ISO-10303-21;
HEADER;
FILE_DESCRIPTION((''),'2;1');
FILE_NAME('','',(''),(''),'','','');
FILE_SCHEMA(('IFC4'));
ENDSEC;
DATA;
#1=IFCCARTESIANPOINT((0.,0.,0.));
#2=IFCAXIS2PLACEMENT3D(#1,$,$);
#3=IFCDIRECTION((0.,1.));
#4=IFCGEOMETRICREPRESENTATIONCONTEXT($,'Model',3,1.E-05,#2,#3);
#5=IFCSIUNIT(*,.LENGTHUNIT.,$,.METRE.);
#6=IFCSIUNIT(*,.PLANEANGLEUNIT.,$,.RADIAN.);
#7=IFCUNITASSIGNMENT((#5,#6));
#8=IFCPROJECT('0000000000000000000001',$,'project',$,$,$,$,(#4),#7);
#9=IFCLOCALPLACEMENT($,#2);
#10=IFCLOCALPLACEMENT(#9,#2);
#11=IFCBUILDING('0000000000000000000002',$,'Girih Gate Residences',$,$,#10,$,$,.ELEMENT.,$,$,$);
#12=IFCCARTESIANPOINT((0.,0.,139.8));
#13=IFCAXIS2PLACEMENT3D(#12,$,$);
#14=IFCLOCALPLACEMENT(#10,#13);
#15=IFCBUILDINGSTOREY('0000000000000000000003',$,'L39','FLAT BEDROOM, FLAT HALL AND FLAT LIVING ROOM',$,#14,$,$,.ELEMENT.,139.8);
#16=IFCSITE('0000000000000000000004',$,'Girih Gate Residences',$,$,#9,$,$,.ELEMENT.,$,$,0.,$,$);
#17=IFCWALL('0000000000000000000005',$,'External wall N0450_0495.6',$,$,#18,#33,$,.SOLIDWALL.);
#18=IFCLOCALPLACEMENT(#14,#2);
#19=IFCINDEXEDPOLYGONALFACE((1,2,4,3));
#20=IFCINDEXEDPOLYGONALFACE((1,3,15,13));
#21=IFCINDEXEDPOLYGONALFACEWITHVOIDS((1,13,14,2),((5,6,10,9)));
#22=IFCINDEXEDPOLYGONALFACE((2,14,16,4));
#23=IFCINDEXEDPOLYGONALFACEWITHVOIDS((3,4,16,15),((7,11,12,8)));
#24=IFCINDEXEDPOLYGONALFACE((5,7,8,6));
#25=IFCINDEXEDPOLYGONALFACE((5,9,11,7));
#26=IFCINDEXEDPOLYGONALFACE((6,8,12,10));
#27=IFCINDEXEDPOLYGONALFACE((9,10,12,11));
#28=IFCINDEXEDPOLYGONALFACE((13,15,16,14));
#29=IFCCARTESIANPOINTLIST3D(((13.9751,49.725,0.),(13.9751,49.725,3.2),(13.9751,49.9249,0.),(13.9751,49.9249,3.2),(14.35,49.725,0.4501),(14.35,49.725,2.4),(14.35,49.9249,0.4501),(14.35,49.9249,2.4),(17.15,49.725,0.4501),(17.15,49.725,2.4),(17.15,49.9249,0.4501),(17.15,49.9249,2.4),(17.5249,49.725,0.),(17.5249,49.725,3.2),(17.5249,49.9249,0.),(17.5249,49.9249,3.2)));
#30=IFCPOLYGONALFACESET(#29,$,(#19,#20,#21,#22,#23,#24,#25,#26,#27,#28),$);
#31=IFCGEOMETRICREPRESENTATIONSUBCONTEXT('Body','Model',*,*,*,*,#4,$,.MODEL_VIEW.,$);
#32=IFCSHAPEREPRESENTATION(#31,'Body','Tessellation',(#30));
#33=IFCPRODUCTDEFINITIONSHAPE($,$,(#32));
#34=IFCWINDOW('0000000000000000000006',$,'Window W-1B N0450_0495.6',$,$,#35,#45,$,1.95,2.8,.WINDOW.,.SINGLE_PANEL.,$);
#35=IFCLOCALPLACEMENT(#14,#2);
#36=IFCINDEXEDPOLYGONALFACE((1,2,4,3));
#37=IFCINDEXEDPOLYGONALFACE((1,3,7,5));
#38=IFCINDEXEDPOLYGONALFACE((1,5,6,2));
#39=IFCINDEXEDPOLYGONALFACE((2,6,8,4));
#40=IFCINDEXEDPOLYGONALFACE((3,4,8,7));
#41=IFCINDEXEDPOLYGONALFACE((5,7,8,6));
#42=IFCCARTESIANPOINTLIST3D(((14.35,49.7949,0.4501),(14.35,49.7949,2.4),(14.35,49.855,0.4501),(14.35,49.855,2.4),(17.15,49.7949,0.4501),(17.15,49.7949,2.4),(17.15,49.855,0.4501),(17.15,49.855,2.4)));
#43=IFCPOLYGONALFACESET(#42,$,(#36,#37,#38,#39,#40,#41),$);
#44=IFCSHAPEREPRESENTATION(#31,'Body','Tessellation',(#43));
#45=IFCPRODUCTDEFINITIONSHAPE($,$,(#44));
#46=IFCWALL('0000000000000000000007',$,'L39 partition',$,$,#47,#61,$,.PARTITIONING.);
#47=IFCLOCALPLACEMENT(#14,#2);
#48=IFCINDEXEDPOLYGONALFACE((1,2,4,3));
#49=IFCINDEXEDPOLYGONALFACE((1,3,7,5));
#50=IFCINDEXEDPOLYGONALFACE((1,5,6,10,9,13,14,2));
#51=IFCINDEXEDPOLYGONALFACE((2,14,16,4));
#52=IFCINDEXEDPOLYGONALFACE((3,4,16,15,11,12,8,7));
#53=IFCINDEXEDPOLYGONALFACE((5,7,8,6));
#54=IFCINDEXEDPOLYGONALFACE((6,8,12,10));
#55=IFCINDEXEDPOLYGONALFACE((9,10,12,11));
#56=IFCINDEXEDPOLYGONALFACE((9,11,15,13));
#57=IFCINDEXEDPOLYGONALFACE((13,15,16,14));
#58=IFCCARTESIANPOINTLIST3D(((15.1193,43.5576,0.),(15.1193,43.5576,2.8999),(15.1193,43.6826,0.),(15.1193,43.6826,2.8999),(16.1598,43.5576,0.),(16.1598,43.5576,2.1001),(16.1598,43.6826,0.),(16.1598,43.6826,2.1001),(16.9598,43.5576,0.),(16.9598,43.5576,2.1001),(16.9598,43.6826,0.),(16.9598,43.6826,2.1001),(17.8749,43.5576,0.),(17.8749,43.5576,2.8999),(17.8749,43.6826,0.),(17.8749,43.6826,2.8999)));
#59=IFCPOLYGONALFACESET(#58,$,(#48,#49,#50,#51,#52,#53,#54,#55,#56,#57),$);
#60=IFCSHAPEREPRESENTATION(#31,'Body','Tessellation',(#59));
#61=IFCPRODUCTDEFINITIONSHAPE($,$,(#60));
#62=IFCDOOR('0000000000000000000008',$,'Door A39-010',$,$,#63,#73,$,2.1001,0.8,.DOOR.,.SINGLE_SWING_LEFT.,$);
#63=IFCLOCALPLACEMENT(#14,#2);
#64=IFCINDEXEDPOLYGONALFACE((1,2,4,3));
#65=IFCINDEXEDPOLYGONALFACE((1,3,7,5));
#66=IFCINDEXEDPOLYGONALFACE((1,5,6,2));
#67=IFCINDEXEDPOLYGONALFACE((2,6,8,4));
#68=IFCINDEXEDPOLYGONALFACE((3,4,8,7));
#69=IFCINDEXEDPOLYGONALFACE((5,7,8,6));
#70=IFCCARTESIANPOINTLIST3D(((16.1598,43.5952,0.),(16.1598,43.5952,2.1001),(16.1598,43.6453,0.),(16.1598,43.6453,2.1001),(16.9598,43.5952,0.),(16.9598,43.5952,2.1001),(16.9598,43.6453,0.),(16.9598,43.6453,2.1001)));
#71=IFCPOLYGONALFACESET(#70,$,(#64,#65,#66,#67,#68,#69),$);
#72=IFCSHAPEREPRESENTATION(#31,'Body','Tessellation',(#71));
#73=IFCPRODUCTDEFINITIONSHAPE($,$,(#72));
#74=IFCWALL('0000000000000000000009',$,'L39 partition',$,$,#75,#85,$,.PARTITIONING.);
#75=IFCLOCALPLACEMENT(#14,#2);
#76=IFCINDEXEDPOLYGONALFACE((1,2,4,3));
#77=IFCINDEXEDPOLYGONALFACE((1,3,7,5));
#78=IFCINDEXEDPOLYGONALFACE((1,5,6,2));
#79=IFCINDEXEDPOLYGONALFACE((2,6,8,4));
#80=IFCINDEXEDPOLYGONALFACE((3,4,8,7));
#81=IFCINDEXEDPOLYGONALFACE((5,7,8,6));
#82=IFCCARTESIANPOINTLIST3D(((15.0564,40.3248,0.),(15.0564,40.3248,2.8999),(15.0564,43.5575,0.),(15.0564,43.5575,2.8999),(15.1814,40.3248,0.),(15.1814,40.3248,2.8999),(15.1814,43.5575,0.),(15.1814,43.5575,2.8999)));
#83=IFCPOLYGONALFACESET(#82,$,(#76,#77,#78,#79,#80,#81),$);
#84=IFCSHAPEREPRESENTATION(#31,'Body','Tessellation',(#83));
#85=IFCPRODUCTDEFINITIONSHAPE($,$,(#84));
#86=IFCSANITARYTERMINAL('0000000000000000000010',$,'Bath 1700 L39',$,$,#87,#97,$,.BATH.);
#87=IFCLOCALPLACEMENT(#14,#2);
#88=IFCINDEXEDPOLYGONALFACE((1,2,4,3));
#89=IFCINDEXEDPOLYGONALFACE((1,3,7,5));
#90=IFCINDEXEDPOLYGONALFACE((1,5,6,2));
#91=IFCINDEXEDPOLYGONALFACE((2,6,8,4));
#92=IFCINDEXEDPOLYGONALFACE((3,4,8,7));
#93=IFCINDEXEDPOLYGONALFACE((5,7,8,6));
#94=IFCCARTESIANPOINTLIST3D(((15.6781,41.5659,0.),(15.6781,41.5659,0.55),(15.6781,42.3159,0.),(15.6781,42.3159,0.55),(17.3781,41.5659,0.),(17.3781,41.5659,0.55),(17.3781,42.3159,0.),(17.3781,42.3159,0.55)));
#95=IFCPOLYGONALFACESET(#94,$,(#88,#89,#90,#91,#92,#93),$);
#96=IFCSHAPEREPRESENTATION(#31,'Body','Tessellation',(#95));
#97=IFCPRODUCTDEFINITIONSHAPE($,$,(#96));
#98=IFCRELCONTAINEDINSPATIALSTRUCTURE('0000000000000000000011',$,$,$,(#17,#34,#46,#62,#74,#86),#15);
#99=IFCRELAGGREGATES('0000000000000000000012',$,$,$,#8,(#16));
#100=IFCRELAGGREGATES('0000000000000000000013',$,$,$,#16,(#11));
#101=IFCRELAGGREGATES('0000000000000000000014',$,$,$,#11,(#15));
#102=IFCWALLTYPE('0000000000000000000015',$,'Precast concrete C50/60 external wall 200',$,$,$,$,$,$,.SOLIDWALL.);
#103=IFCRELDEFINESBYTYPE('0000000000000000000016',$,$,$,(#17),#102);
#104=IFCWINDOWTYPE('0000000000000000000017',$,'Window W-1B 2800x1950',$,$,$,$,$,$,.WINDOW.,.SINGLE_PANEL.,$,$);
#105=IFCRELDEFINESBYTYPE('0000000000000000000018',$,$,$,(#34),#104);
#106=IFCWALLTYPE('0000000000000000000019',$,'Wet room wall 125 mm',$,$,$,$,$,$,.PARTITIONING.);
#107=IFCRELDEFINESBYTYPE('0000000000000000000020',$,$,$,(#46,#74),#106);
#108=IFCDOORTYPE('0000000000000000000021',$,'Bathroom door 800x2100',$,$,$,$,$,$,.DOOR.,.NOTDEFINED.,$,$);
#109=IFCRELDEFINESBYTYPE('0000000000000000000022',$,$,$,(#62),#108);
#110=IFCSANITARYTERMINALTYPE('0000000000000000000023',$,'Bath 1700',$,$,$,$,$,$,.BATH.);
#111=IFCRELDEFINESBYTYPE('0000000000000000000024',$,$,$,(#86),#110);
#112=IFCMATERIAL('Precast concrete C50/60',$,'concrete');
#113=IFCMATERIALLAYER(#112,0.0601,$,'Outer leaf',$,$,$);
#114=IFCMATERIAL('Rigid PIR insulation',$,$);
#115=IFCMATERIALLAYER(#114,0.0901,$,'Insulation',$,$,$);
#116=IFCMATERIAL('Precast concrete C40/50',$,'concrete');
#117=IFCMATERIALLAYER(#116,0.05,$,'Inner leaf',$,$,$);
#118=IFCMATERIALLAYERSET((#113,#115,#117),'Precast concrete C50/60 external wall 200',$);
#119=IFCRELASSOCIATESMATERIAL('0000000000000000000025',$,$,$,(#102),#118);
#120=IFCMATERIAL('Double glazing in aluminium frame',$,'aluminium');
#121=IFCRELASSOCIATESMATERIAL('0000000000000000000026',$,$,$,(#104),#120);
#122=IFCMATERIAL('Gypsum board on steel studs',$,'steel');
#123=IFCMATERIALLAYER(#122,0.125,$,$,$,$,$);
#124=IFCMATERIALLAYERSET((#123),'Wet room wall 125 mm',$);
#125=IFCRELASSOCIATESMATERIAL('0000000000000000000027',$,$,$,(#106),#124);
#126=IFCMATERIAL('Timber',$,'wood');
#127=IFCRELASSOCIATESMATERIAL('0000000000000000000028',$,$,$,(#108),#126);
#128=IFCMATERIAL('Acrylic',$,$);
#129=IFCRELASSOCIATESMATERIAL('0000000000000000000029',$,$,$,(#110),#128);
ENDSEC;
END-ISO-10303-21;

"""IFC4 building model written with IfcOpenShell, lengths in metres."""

from ifc_helpers import new_model, si_unit, direction, frame, frame_2d, origin, origin_2d, place, context, subcontext, project, spatial, rectangle, extrude, material, layer, layer_set, type_object, element, fill, save


model = new_model("IFC4")

# Units and contexts
model_context = context("Model", 3, precision=1e-05, world=origin(), true_north=direction((0.0, 1.0)))
body_context = subcontext(model_context, "Body", "Model", "MODEL_VIEW")
ifc_project = project(units=[si_unit("LENGTHUNIT", "METRE"), si_unit("PLANEANGLEUNIT", "RADIAN")], contexts=[model_context])

# Site, building, storey
site_placement = place(None, origin())
site = spatial("IfcSite", under=ifc_project, at=site_placement, Name="Girih Gate Residences", CompositionType="ELEMENT", RefElevation=0.0)
building_placement = place(site_placement, origin())
building = spatial("IfcBuilding", under=site, at=building_placement, Name="Girih Gate Residences", CompositionType="ELEMENT")
storey_placement = place(building_placement, frame((0.0, 0.0, 139.8)))
storey = spatial("IfcBuildingStorey", under=building, at=storey_placement, Name="L39", Description="FLAT BEDROOM, FLAT HALL AND FLAT LIVING ROOM", CompositionType="ELEMENT", Elevation=139.8)

# Shared definitions
ifc_material_1 = material(Name="Gypsum board on steel studs", Category="steel")

# Shared definitions
ifc_material_2 = material(Name="Timber", Category="wood")

# Wall, opening, window
ifc_material_3 = material(Name="Precast concrete C50/60", Category="concrete")
ifc_layer_1 = layer(ifc_material_3, 0.0601, Name="Outer leaf")
ifc_material_4 = material(Name="Rigid PIR insulation")
ifc_layer_2 = layer(ifc_material_4, 0.0901, Name="Insulation")
ifc_material_5 = material(Name="Precast concrete C40/50", Category="concrete")
ifc_layer_3 = layer(ifc_material_5, 0.05, Name="Inner leaf")
ifc_layer_set_1 = layer_set([ifc_layer_1, ifc_layer_2, ifc_layer_3], Name="Precast concrete C50/60 external wall 200")
wall_type_1 = type_object("IfcWallType", Name="Precast concrete C50/60 external wall 200", PredefinedType="SOLIDWALL", material=ifc_layer_set_1)
ifc_material_6 = material(Name="Double glazing in aluminium frame", Category="aluminium")
window_type = type_object("IfcWindowType", Name="Window W-1B 2800x1950", PartitioningType="SINGLE_PANEL", PredefinedType="WINDOW", material=ifc_material_6)
wall_1_placement = place(storey_placement, frame((13.9751, 49.825, 0.0), z_axis=(0.0, 0.0, 1.0), x_axis=(1.0, 0.0, 0.0)))
wall_1 = element("IfcWall", 1, at=wall_1_placement, inside=storey, type_object=wall_type_1, Name="External wall N0450_0495.6", PredefinedType="SOLIDWALL", context=body_context, shape_type="SweptSolid", body=[
    extrude(rectangle(XDim=3.5498, YDim=0.2, at=frame_2d((1.7749, 0.0))), origin(), (0.0, 0.0, 1.0), 3.2),
])
opening_1_placement = place(wall_1_placement, frame((0.375, 0.0, 0.45)))
opening_1 = element("IfcOpeningElement", 2, at=opening_1_placement, cuts=wall_1, PredefinedType="OPENING", context=body_context, shape_type="SweptSolid", body=[
    extrude(rectangle(XDim=2.8, YDim=1.95, at=frame_2d((1.3999, 0.9751))), frame((0.0, 0.1099, 0.0), z_axis=(0.0, -1.0, 0.0), x_axis=(1.0, 0.0, 0.0)), (0.0, 0.0, 1.0), 0.22),
])
window_1_placement = place(opening_1_placement, origin())
window_1 = element("IfcWindow", 3, at=window_1_placement, inside=storey, type_object=window_type, Name="Window W-1B N0450_0495.6", OverallHeight=1.95, OverallWidth=2.8, PartitioningType="SINGLE_PANEL", PredefinedType="WINDOW", context=body_context, shape_type="SweptSolid", body=[
    extrude(rectangle(XDim=2.8, YDim=1.95, at=frame_2d((1.3999, 0.9751))), frame((0.0, 0.03, 0.0), z_axis=(0.0, -1.0, 0.0), x_axis=(1.0, 0.0, 0.0)), (0.0, 0.0, 1.0), 0.0601),
])
fill(opening_1, window_1)

# Wall, opening, door
ifc_layer_4 = layer(ifc_material_1, 0.125)
ifc_layer_set_2 = layer_set([ifc_layer_4], Name="Wet room wall 125 mm")
wall_type_2 = type_object("IfcWallType", Name="Wet room wall 125 mm", PredefinedType="PARTITIONING", material=ifc_layer_set_2)
wall_2_placement = place(storey_placement, frame((17.875, 43.6201, 0.0), z_axis=(0.0, 0.0, 1.0), x_axis=(-1.0, 0.0, 0.0)))
wall_2 = element("IfcWall", 4, at=wall_2_placement, inside=storey, type_object=wall_type_2, Name="L39 partition", PredefinedType="PARTITIONING", context=body_context, shape_type="SweptSolid", body=[
    extrude(rectangle(XDim=2.7556, YDim=0.125, at=frame_2d((1.3779, 0.0))), origin(), (0.0, 0.0, 1.0), 2.8999),
])
opening_2_placement = place(wall_2_placement, frame((0.9153, 0.0, 0.0)))
opening_2 = element("IfcOpeningElement", 5, at=opening_2_placement, cuts=wall_2, PredefinedType="OPENING", context=body_context, shape_type="SweptSolid", body=[
    extrude(rectangle(XDim=0.8, YDim=2.1001, at=frame_2d((0.3999, 1.05))), frame((0.0, 0.0725, 0.0), z_axis=(0.0, -1.0, 0.0), x_axis=(1.0, 0.0, 0.0)), (0.0, 0.0, 1.0), 0.145),
])
door_type_1 = type_object("IfcDoorType", Name="Bathroom door 800x2100", OperationType="NOTDEFINED", PredefinedType="DOOR", material=ifc_material_2)
door_1_placement = place(opening_2_placement, origin())
door_1 = element("IfcDoor", 6, at=door_1_placement, inside=storey, type_object=door_type_1, Name="Door A39-010", OperationType="SINGLE_SWING_LEFT", OverallHeight=2.1001, OverallWidth=0.8, PredefinedType="DOOR", context=body_context, shape_type="SweptSolid", body=[
    extrude(rectangle(XDim=0.8, YDim=2.1001, at=frame_2d((0.3999, 1.05))), frame((0.0, 0.0249, 0.0), z_axis=(0.0, -1.0, 0.0), x_axis=(1.0, 0.0, 0.0)), (0.0, 0.0, 1.0), 0.05),
])
fill(opening_2, door_1)

# Wall
wall_3_placement = place(storey_placement, frame((15.1189, 40.325, 0.0), z_axis=(0.0, 0.0, 1.0), x_axis=(0.0, 1.0, 0.0)))
element("IfcWall", 7, at=wall_3_placement, inside=storey, type_object=wall_type_2, Name="L39 partition", PredefinedType="PARTITIONING", context=body_context, shape_type="SweptSolid", body=[
    extrude(rectangle(XDim=3.2327, YDim=0.125, at=frame_2d((1.6162, 0.0))), origin(), (0.0, 0.0, 1.0), 2.8999),
])

# Sanitary terminal
ifc_material_7 = material(Name="Acrylic")
sanitary_terminal_type = type_object("IfcSanitaryTerminalType", Name="Bath 1700", PredefinedType="BATH", material=ifc_material_7)
sanitary_terminal_placement = place(storey_placement, frame((16.5281, 41.9409, 0.0), z_axis=(0.0, 0.0, 1.0), x_axis=(1.0, 0.0, 0.0)))
element("IfcSanitaryTerminal", 8, at=sanitary_terminal_placement, inside=storey, type_object=sanitary_terminal_type, Name="Bath 1700 L39", PredefinedType="BATH", context=body_context, shape_type="SweptSolid", body=[
    extrude(rectangle(XDim=1.7, YDim=0.75, at=origin_2d()), origin(), (0.0, 0.0, 1.0), 0.55),
])

save(model, "model.ifc")
